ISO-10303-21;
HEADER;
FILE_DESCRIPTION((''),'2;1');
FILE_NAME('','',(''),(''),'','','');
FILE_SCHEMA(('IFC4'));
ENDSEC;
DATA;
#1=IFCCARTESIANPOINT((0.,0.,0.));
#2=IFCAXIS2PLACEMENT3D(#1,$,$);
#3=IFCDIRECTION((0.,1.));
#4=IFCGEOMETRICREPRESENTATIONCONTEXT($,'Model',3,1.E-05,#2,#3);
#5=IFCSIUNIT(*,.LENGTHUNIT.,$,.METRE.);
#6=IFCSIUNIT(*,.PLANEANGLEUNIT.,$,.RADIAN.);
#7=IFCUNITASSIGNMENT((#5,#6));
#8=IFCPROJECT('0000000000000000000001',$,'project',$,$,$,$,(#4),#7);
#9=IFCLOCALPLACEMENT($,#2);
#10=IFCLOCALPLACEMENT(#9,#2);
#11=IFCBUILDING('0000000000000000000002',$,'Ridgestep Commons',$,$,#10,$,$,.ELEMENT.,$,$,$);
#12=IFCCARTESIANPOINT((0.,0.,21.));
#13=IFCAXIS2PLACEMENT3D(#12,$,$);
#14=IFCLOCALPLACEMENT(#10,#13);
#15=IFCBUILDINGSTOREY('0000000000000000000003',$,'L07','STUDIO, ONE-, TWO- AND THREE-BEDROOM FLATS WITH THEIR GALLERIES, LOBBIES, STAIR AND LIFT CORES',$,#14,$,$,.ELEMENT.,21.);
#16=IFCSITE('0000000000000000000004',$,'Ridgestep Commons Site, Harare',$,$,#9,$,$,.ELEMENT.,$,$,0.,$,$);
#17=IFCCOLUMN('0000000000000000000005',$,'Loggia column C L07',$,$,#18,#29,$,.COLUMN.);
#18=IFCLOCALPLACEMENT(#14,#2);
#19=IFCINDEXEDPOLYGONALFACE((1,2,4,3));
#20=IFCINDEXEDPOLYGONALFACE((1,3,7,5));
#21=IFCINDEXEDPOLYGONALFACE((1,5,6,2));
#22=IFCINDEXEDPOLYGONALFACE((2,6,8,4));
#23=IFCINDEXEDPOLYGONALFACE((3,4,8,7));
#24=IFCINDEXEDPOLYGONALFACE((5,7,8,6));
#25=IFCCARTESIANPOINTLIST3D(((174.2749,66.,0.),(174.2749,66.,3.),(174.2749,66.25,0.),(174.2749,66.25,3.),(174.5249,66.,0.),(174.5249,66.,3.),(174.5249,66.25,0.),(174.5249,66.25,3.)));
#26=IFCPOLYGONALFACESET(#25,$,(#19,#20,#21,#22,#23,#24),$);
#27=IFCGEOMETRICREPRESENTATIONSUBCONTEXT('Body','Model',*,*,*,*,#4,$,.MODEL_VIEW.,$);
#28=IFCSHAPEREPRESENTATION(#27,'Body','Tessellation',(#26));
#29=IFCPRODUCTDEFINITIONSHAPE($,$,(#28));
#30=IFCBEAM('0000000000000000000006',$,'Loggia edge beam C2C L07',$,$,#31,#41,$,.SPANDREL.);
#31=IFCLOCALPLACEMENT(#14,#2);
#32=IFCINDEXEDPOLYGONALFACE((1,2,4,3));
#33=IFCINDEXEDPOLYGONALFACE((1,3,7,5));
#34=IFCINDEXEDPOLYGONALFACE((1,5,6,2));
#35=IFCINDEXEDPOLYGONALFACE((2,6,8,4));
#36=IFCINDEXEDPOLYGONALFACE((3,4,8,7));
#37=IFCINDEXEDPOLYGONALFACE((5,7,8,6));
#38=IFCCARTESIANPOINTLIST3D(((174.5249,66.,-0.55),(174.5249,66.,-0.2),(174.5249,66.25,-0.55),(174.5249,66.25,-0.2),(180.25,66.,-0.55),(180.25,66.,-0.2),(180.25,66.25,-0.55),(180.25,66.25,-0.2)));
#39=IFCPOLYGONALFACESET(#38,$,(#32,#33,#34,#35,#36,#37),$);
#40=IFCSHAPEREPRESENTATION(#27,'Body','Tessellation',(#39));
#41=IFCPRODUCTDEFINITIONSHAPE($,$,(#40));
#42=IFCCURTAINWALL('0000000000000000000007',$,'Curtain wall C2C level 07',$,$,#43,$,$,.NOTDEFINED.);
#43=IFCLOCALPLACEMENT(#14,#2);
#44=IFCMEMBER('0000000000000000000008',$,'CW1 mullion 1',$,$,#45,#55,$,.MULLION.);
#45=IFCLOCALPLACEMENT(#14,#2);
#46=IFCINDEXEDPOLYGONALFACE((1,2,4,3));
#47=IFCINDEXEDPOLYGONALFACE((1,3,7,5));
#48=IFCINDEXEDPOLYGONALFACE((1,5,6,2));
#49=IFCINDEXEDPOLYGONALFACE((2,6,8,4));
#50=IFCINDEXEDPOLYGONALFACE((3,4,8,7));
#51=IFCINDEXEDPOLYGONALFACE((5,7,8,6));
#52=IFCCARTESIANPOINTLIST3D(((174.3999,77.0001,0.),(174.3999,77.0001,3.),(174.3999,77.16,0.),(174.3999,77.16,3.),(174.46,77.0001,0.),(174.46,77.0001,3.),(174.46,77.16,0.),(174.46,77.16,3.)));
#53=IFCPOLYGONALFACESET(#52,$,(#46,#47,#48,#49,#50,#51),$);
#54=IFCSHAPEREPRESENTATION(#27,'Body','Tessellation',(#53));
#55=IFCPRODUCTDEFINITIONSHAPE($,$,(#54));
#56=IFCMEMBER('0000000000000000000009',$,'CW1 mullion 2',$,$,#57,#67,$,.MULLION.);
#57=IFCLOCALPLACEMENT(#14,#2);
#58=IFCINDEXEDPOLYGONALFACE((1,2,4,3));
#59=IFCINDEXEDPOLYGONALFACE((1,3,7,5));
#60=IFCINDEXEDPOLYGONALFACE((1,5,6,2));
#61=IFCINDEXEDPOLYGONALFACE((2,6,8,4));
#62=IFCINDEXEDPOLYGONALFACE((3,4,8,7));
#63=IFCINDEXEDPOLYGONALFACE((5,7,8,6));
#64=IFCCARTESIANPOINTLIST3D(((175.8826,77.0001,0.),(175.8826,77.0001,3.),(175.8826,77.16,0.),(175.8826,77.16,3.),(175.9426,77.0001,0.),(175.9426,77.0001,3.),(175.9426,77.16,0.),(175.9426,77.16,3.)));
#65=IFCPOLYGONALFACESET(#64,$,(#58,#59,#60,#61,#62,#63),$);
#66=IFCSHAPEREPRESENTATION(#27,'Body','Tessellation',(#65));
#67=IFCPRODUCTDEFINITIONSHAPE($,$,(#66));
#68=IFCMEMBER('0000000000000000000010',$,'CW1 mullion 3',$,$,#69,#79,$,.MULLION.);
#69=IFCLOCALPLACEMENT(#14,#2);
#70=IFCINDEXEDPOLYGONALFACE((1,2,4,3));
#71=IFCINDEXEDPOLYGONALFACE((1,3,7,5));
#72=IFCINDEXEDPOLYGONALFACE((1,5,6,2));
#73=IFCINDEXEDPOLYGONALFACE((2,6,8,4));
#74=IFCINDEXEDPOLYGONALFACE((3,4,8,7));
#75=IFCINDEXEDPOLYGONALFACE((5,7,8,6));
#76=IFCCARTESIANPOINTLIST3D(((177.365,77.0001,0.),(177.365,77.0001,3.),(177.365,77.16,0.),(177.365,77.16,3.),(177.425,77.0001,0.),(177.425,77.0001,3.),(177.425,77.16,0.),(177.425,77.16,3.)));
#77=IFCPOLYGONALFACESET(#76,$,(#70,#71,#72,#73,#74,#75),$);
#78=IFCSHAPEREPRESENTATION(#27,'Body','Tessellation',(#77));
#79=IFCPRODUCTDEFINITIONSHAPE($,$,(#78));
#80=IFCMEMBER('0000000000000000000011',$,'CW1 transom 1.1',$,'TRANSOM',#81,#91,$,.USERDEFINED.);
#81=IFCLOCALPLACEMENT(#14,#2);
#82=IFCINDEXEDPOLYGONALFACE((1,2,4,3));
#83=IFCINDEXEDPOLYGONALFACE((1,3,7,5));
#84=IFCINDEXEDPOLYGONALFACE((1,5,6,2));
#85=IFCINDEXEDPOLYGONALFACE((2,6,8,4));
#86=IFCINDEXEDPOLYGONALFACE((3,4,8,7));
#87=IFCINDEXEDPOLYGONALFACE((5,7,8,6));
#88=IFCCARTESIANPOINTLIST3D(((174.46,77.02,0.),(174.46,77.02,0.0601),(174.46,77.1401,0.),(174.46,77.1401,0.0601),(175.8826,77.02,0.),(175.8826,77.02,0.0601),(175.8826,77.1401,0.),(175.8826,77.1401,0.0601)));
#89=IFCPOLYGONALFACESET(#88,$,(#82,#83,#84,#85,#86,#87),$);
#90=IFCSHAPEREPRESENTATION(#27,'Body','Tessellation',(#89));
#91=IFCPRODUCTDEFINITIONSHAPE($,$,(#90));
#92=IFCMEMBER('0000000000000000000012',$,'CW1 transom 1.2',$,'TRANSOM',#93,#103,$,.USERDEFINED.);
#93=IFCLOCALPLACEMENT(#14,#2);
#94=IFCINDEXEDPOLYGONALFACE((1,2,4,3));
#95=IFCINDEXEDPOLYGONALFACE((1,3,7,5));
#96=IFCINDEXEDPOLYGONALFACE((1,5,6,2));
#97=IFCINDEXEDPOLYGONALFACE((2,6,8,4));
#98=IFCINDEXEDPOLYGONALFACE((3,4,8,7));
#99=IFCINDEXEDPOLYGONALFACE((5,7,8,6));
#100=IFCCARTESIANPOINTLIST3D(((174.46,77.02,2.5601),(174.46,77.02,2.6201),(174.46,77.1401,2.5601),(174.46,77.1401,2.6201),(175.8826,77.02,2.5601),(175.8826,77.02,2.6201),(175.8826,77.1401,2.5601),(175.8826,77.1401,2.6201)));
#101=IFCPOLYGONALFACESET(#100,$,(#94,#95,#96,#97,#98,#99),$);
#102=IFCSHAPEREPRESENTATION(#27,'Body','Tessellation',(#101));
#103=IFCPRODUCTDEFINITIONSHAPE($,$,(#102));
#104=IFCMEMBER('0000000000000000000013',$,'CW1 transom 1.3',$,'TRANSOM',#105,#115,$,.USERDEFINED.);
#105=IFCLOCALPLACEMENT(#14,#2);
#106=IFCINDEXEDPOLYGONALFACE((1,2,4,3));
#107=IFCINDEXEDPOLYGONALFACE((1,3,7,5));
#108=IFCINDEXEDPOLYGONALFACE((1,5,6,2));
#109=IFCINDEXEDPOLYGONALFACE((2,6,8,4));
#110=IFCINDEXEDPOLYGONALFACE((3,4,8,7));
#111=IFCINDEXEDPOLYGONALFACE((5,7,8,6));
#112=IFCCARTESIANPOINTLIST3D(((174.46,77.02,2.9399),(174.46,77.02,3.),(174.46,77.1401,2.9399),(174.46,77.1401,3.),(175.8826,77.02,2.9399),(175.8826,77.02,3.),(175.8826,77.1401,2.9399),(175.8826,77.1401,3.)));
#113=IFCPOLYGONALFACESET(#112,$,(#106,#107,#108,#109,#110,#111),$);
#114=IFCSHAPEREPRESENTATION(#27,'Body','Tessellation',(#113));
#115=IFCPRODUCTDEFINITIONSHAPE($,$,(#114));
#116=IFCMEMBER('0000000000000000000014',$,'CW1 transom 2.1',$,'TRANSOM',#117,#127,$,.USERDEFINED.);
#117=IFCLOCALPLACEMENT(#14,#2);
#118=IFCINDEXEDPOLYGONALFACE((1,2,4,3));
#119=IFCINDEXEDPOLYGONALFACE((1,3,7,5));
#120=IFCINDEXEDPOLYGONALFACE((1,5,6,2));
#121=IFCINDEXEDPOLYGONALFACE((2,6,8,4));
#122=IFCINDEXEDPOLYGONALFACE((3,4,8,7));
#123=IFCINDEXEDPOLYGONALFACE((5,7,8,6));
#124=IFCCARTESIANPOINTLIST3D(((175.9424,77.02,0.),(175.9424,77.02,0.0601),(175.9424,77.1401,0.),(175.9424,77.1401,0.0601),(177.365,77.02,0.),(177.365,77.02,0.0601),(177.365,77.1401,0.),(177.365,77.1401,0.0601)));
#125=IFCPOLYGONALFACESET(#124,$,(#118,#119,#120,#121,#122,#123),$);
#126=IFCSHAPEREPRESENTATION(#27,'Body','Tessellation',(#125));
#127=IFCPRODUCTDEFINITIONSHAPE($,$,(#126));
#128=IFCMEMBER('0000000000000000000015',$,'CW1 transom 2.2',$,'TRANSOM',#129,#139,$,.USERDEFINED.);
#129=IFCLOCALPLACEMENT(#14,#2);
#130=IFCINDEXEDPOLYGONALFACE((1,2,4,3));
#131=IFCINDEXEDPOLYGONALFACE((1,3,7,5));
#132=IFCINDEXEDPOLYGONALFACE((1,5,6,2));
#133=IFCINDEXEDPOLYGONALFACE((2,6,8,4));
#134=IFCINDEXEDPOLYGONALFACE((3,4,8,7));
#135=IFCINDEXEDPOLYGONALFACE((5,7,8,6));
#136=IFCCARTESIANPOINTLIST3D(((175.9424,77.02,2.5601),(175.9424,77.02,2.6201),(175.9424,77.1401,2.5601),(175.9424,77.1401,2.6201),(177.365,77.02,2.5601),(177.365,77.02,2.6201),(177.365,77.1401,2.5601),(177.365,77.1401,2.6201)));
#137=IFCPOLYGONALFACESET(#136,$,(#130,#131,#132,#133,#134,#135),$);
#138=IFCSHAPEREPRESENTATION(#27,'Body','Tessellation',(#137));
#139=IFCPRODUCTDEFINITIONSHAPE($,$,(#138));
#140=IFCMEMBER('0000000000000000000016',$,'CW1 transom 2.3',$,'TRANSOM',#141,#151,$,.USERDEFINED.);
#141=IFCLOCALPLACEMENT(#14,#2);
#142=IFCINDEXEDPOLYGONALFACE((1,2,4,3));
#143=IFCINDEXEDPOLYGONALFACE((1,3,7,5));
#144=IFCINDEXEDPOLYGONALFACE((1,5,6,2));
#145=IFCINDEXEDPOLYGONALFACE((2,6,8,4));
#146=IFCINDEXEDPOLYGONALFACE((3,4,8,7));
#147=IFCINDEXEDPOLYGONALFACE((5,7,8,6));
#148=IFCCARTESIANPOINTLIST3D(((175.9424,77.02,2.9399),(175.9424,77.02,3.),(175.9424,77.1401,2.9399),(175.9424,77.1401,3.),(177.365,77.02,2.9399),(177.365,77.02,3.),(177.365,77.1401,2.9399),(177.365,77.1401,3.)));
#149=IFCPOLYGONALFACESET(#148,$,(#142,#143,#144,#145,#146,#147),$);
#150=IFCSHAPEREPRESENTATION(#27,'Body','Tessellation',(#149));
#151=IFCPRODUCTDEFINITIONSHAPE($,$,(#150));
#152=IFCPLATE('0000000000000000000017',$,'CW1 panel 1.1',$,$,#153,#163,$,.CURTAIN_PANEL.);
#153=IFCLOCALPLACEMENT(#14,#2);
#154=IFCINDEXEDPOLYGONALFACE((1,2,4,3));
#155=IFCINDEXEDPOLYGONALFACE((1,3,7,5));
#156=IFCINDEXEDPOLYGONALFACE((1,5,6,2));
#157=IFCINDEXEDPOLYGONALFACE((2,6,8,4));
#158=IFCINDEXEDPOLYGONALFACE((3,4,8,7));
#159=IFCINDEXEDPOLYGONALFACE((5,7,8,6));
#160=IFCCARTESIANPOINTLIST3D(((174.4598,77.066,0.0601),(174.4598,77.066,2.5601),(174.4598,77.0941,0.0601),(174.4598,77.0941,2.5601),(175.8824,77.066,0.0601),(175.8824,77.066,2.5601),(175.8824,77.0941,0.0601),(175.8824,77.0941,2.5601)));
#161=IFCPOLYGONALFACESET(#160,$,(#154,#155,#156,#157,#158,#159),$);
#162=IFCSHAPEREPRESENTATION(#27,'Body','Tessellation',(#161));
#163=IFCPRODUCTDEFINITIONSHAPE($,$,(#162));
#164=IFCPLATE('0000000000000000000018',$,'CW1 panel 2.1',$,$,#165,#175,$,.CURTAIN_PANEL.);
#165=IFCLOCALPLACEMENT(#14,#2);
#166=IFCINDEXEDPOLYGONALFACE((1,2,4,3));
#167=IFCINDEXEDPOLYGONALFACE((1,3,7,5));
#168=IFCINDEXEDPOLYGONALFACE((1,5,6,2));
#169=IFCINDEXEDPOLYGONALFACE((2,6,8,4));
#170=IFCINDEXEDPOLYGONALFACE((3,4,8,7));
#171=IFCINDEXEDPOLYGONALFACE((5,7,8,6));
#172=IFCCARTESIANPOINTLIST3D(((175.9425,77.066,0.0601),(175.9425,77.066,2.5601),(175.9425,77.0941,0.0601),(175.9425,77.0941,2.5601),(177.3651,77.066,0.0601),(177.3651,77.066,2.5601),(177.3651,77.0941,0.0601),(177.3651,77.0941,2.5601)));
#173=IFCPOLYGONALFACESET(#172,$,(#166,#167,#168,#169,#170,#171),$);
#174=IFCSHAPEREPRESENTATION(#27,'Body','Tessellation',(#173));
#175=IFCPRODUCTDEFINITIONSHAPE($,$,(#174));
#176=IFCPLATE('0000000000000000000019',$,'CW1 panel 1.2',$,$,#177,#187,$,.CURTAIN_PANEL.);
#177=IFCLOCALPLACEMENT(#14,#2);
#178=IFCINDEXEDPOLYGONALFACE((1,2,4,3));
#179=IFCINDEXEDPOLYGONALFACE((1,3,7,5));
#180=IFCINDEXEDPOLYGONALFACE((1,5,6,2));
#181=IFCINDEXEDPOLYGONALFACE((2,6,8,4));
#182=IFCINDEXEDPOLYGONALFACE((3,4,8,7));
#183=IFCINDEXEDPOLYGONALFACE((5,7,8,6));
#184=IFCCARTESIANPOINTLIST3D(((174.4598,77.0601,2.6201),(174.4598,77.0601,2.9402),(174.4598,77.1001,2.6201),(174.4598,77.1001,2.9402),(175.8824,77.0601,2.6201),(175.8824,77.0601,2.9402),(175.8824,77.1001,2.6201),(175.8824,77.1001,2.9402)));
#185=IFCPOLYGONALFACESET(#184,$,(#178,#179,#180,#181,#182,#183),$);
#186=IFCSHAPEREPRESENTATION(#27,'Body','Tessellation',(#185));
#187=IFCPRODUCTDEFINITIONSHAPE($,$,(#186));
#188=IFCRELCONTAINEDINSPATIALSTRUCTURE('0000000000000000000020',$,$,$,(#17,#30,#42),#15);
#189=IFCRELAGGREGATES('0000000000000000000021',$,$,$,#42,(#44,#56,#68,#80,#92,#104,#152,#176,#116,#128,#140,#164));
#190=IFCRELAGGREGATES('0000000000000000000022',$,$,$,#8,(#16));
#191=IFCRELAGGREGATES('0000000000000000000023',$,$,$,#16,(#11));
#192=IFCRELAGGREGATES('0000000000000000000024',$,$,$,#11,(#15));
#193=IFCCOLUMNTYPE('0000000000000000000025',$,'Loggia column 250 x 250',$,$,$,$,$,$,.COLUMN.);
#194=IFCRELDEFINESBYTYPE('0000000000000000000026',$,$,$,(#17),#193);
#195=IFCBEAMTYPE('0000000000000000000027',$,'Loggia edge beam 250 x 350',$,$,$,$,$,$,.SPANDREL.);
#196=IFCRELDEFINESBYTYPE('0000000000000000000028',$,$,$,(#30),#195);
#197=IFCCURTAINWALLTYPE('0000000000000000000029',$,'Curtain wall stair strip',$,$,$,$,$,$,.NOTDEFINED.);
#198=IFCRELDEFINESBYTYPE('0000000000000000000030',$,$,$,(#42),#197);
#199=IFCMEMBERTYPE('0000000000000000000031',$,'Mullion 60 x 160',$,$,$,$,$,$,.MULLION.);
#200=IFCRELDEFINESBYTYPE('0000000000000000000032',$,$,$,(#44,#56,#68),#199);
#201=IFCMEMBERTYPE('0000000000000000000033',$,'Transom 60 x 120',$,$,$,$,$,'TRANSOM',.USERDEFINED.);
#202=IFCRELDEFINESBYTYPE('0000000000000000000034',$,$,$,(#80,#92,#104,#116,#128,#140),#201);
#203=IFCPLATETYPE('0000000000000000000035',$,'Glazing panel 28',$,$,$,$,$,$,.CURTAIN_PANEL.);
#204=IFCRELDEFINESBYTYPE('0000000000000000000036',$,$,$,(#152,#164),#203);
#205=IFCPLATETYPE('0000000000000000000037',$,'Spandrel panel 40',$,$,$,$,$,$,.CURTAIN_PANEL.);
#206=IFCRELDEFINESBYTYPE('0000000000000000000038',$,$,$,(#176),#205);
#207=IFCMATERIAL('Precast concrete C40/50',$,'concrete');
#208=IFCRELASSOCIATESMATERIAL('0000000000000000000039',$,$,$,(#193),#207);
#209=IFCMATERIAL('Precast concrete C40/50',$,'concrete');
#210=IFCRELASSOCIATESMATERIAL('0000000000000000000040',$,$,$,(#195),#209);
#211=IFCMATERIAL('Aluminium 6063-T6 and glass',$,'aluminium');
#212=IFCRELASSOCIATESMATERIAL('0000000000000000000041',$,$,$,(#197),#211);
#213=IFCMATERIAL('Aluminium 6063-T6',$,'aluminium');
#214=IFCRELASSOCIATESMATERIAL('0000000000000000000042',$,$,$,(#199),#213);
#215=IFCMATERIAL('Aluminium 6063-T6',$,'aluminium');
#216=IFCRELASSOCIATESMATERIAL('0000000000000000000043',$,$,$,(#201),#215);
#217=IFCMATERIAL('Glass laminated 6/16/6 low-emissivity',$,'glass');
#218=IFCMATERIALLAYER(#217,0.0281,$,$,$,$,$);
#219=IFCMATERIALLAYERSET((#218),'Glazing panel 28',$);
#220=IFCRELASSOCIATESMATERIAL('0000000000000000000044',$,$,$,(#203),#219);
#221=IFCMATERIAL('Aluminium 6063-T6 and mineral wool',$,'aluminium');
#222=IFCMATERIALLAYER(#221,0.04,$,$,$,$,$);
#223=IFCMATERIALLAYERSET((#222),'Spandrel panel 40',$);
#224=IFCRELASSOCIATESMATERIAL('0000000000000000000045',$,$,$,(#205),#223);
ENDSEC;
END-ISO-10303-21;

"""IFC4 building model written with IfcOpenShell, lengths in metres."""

from ifc_helpers import new_model, si_unit, direction, frame, origin, origin_2d, place, context, subcontext, project, spatial, rectangle, extrude, material, layer, layer_set, material_profile, profile_set, type_object, element, aggregate, save


model = new_model("IFC4")

# Units and contexts
model_context = context("Model", 3, precision=1e-05, world=origin(), true_north=direction((0.0, 1.0)))
body_context = subcontext(model_context, "Body", "Model", "MODEL_VIEW")
ifc_project = project(units=[si_unit("LENGTHUNIT", "METRE"), si_unit("PLANEANGLEUNIT", "RADIAN")], contexts=[model_context])

# Site, building, storey
site_placement = place(None, origin())
site = spatial("IfcSite", under=ifc_project, at=site_placement, Name="Ridgestep Commons Site, Harare", CompositionType="ELEMENT", RefElevation=0.0)
building_placement = place(site_placement, origin())
building = spatial("IfcBuilding", under=site, at=building_placement, Name="Ridgestep Commons", CompositionType="ELEMENT")
storey_placement = place(building_placement, frame((0.0, 0.0, 21.0)))
storey = spatial("IfcBuildingStorey", under=building, at=storey_placement, Name="L07", Description="STUDIO, ONE-, TWO- AND THREE-BEDROOM FLATS WITH THEIR GALLERIES, LOBBIES, STAIR AND LIFT CORES", CompositionType="ELEMENT", Elevation=21.0)

# Column
ifc_material_1 = material(Name="Precast concrete C40/50", Category="concrete")
ifc_material_profile_1 = material_profile(ifc_material_1, rectangle(XDim=0.25, YDim=0.25, at=origin_2d()), Name="PC 250x250")
ifc_profile_set_1 = profile_set([ifc_material_profile_1], Name="Precast concrete C40/50")
column_type = type_object("IfcColumnType", Name="Loggia column 250 x 250", PredefinedType="COLUMN", material=ifc_profile_set_1)
column_placement = place(storey_placement, frame((174.3999, 66.125, 0.0), z_axis=(0.0, 0.0, 1.0), x_axis=(1.0, 0.0, 0.0)))
element("IfcColumn", 1, at=column_placement, inside=storey, type_object=column_type, Name="Loggia column C L07", PredefinedType="COLUMN", context=body_context, shape_type="SweptSolid", body=[
    extrude(rectangle(XDim=0.25, YDim=0.25, at=origin_2d()), origin(), (0.0, 0.0, 1.0), 3.0),
])

# Beam
ifc_material_2 = material(Name="Precast concrete C40/50", Category="concrete")
ifc_material_profile_2 = material_profile(ifc_material_2, rectangle(XDim=0.25, YDim=0.3501, at=origin_2d()), Name="PC 250x350")
ifc_profile_set_2 = profile_set([ifc_material_profile_2], Name="Precast concrete C40/50")
beam_type = type_object("IfcBeamType", Name="Loggia edge beam 250 x 350", PredefinedType="SPANDREL", material=ifc_profile_set_2)
beam_placement = place(storey_placement, frame((174.5249, 66.125, -0.375), z_axis=(1.0, 0.0, 0.0), x_axis=(0.0, 1.0, 0.0)))
element("IfcBeam", 2, at=beam_placement, inside=storey, type_object=beam_type, Name="Loggia edge beam C2C L07", PredefinedType="SPANDREL", context=body_context, shape_type="SweptSolid", body=[
    extrude(rectangle(XDim=0.25, YDim=0.3501, at=origin_2d()), origin(), (0.0, 0.0, 1.0), 5.7251),
])

# Curtain wall, members, plates
ifc_material_3 = material(Name="Aluminium 6063-T6 and glass", Category="aluminium")
curtain_wall_type = type_object("IfcCurtainWallType", Name="Curtain wall stair strip", PredefinedType="NOTDEFINED", material=ifc_material_3)
curtain_wall_placement = place(storey_placement, origin())
curtain_wall = element("IfcCurtainWall", 3, at=curtain_wall_placement, inside=storey, type_object=curtain_wall_type, Name="Curtain wall C2C level 07", PredefinedType="NOTDEFINED")
ifc_material_4 = material(Name="Aluminium 6063-T6", Category="aluminium")
ifc_material_profile_3 = material_profile(ifc_material_4, rectangle(XDim=0.1599, YDim=0.0601, at=origin_2d()), Name="Mullion 60 x 160")
ifc_profile_set_3 = profile_set([ifc_material_profile_3], Name="Aluminium 6063-T6")
member_type_1 = type_object("IfcMemberType", Name="Mullion 60 x 160", PredefinedType="MULLION", material=ifc_profile_set_3)
member_1_placement = place(storey_placement, frame((174.4299, 77.0801, 0.0), z_axis=(0.0, 0.0, 1.0), x_axis=(0.0, 1.0, 0.0)))
member_1 = element("IfcMember", 4, at=member_1_placement, type_object=member_type_1, Name="CW1 mullion 1", PredefinedType="MULLION", context=body_context, shape_type="SweptSolid", body=[
    extrude(rectangle(XDim=0.1599, YDim=0.0601, at=origin_2d()), origin(), (0.0, 0.0, 1.0), 3.0),
])
member_2_placement = place(storey_placement, frame((175.9126, 77.0801, 0.0), z_axis=(0.0, 0.0, 1.0), x_axis=(0.0, 1.0, 0.0)))
member_2 = element("IfcMember", 5, at=member_2_placement, type_object=member_type_1, Name="CW1 mullion 2", PredefinedType="MULLION", context=body_context, shape_type="SweptSolid", body=[
    extrude(rectangle(XDim=0.1599, YDim=0.0601, at=origin_2d()), origin(), (0.0, 0.0, 1.0), 3.0),
])
member_3_placement = place(storey_placement, frame((177.395, 77.0801, 0.0), z_axis=(0.0, 0.0, 1.0), x_axis=(0.0, 1.0, 0.0)))
member_3 = element("IfcMember", 6, at=member_3_placement, type_object=member_type_1, Name="CW1 mullion 3", PredefinedType="MULLION", context=body_context, shape_type="SweptSolid", body=[
    extrude(rectangle(XDim=0.1599, YDim=0.0601, at=origin_2d()), origin(), (0.0, 0.0, 1.0), 3.0),
])
ifc_material_5 = material(Name="Aluminium 6063-T6", Category="aluminium")
ifc_material_profile_4 = material_profile(ifc_material_5, rectangle(XDim=0.1201, YDim=0.0601, at=origin_2d()), Name="Transom 60 x 120")
ifc_profile_set_4 = profile_set([ifc_material_profile_4], Name="Aluminium 6063-T6")
member_type_2 = type_object("IfcMemberType", Name="Transom 60 x 120", ElementType="TRANSOM", PredefinedType="USERDEFINED", material=ifc_profile_set_4)
member_4_placement = place(storey_placement, frame((174.46, 77.0801, 0.03), z_axis=(1.0, 0.0, 0.0), x_axis=(0.0, 1.0, 0.0)))
member_4 = element("IfcMember", 7, at=member_4_placement, type_object=member_type_2, Name="CW1 transom 1.1", ObjectType="TRANSOM", PredefinedType="USERDEFINED", context=body_context, shape_type="SweptSolid", body=[
    extrude(rectangle(XDim=0.1201, YDim=0.0601, at=origin_2d()), origin(), (0.0, 0.0, 1.0), 1.4226),
])
member_5_placement = place(storey_placement, frame((174.46, 77.0801, 2.5901), z_axis=(1.0, 0.0, 0.0), x_axis=(0.0, 1.0, 0.0)))
member_5 = element("IfcMember", 8, at=member_5_placement, type_object=member_type_2, Name="CW1 transom 1.2", ObjectType="TRANSOM", PredefinedType="USERDEFINED", context=body_context, shape_type="SweptSolid", body=[
    extrude(rectangle(XDim=0.1201, YDim=0.0601, at=origin_2d()), origin(), (0.0, 0.0, 1.0), 1.4226),
])
member_6_placement = place(storey_placement, frame((174.46, 77.0801, 2.97), z_axis=(1.0, 0.0, 0.0), x_axis=(0.0, 1.0, 0.0)))
member_6 = element("IfcMember", 9, at=member_6_placement, type_object=member_type_2, Name="CW1 transom 1.3", ObjectType="TRANSOM", PredefinedType="USERDEFINED", context=body_context, shape_type="SweptSolid", body=[
    extrude(rectangle(XDim=0.1201, YDim=0.0601, at=origin_2d()), origin(), (0.0, 0.0, 1.0), 1.4226),
])
member_7_placement = place(storey_placement, frame((175.9424, 77.0801, 0.03), z_axis=(1.0, 0.0, 0.0), x_axis=(0.0, 1.0, 0.0)))
member_7 = element("IfcMember", 10, at=member_7_placement, type_object=member_type_2, Name="CW1 transom 2.1", ObjectType="TRANSOM", PredefinedType="USERDEFINED", context=body_context, shape_type="SweptSolid", body=[
    extrude(rectangle(XDim=0.1201, YDim=0.0601, at=origin_2d()), origin(), (0.0, 0.0, 1.0), 1.4226),
])
member_8_placement = place(storey_placement, frame((175.9424, 77.0801, 2.5901), z_axis=(1.0, 0.0, 0.0), x_axis=(0.0, 1.0, 0.0)))
member_8 = element("IfcMember", 11, at=member_8_placement, type_object=member_type_2, Name="CW1 transom 2.2", ObjectType="TRANSOM", PredefinedType="USERDEFINED", context=body_context, shape_type="SweptSolid", body=[
    extrude(rectangle(XDim=0.1201, YDim=0.0601, at=origin_2d()), origin(), (0.0, 0.0, 1.0), 1.4226),
])
member_9_placement = place(storey_placement, frame((175.9424, 77.0801, 2.97), z_axis=(1.0, 0.0, 0.0), x_axis=(0.0, 1.0, 0.0)))
member_9 = element("IfcMember", 12, at=member_9_placement, type_object=member_type_2, Name="CW1 transom 2.3", ObjectType="TRANSOM", PredefinedType="USERDEFINED", context=body_context, shape_type="SweptSolid", body=[
    extrude(rectangle(XDim=0.1201, YDim=0.0601, at=origin_2d()), origin(), (0.0, 0.0, 1.0), 1.4226),
])
ifc_material_6 = material(Name="Glass laminated 6/16/6 low-emissivity", Category="glass")
ifc_layer_1 = layer(ifc_material_6, 0.0281)
ifc_layer_set_1 = layer_set([ifc_layer_1], Name="Glazing panel 28")
plate_type_1 = type_object("IfcPlateType", Name="Glazing panel 28", PredefinedType="CURTAIN_PANEL", material=ifc_layer_set_1)
plate_1_placement = place(storey_placement, frame((175.1711, 77.0801, 0.0601), z_axis=(0.0, 0.0, 1.0), x_axis=(1.0, 0.0, 0.0)))
plate_1 = element("IfcPlate", 13, at=plate_1_placement, type_object=plate_type_1, Name="CW1 panel 1.1", PredefinedType="CURTAIN_PANEL", context=body_context, shape_type="SweptSolid", body=[
    extrude(rectangle(XDim=1.4226, YDim=0.0281, at=origin_2d()), origin(), (0.0, 0.0, 1.0), 2.5),
])
plate_2_placement = place(storey_placement, frame((176.6538, 77.0801, 0.0601), z_axis=(0.0, 0.0, 1.0), x_axis=(1.0, 0.0, 0.0)))
plate_2 = element("IfcPlate", 14, at=plate_2_placement, type_object=plate_type_1, Name="CW1 panel 2.1", PredefinedType="CURTAIN_PANEL", context=body_context, shape_type="SweptSolid", body=[
    extrude(rectangle(XDim=1.4226, YDim=0.0281, at=origin_2d()), origin(), (0.0, 0.0, 1.0), 2.5),
])
ifc_material_7 = material(Name="Aluminium 6063-T6 and mineral wool", Category="aluminium")
ifc_layer_2 = layer(ifc_material_7, 0.04)
ifc_layer_set_2 = layer_set([ifc_layer_2], Name="Spandrel panel 40")
plate_type_2 = type_object("IfcPlateType", Name="Spandrel panel 40", PredefinedType="CURTAIN_PANEL", material=ifc_layer_set_2)
plate_3_placement = place(storey_placement, frame((175.1711, 77.0801, 2.6201), z_axis=(0.0, 0.0, 1.0), x_axis=(1.0, 0.0, 0.0)))
plate_3 = element("IfcPlate", 15, at=plate_3_placement, type_object=plate_type_2, Name="CW1 panel 1.2", PredefinedType="CURTAIN_PANEL", context=body_context, shape_type="SweptSolid", body=[
    extrude(rectangle(XDim=1.4226, YDim=0.04, at=origin_2d()), origin(), (0.0, 0.0, 1.0), 0.3201),
])
aggregate(curtain_wall, [member_1, member_2, member_3, member_4, member_5, member_6, plate_1, plate_3, member_7, member_8, member_9, plate_2])

save(model, "model.ifc")
